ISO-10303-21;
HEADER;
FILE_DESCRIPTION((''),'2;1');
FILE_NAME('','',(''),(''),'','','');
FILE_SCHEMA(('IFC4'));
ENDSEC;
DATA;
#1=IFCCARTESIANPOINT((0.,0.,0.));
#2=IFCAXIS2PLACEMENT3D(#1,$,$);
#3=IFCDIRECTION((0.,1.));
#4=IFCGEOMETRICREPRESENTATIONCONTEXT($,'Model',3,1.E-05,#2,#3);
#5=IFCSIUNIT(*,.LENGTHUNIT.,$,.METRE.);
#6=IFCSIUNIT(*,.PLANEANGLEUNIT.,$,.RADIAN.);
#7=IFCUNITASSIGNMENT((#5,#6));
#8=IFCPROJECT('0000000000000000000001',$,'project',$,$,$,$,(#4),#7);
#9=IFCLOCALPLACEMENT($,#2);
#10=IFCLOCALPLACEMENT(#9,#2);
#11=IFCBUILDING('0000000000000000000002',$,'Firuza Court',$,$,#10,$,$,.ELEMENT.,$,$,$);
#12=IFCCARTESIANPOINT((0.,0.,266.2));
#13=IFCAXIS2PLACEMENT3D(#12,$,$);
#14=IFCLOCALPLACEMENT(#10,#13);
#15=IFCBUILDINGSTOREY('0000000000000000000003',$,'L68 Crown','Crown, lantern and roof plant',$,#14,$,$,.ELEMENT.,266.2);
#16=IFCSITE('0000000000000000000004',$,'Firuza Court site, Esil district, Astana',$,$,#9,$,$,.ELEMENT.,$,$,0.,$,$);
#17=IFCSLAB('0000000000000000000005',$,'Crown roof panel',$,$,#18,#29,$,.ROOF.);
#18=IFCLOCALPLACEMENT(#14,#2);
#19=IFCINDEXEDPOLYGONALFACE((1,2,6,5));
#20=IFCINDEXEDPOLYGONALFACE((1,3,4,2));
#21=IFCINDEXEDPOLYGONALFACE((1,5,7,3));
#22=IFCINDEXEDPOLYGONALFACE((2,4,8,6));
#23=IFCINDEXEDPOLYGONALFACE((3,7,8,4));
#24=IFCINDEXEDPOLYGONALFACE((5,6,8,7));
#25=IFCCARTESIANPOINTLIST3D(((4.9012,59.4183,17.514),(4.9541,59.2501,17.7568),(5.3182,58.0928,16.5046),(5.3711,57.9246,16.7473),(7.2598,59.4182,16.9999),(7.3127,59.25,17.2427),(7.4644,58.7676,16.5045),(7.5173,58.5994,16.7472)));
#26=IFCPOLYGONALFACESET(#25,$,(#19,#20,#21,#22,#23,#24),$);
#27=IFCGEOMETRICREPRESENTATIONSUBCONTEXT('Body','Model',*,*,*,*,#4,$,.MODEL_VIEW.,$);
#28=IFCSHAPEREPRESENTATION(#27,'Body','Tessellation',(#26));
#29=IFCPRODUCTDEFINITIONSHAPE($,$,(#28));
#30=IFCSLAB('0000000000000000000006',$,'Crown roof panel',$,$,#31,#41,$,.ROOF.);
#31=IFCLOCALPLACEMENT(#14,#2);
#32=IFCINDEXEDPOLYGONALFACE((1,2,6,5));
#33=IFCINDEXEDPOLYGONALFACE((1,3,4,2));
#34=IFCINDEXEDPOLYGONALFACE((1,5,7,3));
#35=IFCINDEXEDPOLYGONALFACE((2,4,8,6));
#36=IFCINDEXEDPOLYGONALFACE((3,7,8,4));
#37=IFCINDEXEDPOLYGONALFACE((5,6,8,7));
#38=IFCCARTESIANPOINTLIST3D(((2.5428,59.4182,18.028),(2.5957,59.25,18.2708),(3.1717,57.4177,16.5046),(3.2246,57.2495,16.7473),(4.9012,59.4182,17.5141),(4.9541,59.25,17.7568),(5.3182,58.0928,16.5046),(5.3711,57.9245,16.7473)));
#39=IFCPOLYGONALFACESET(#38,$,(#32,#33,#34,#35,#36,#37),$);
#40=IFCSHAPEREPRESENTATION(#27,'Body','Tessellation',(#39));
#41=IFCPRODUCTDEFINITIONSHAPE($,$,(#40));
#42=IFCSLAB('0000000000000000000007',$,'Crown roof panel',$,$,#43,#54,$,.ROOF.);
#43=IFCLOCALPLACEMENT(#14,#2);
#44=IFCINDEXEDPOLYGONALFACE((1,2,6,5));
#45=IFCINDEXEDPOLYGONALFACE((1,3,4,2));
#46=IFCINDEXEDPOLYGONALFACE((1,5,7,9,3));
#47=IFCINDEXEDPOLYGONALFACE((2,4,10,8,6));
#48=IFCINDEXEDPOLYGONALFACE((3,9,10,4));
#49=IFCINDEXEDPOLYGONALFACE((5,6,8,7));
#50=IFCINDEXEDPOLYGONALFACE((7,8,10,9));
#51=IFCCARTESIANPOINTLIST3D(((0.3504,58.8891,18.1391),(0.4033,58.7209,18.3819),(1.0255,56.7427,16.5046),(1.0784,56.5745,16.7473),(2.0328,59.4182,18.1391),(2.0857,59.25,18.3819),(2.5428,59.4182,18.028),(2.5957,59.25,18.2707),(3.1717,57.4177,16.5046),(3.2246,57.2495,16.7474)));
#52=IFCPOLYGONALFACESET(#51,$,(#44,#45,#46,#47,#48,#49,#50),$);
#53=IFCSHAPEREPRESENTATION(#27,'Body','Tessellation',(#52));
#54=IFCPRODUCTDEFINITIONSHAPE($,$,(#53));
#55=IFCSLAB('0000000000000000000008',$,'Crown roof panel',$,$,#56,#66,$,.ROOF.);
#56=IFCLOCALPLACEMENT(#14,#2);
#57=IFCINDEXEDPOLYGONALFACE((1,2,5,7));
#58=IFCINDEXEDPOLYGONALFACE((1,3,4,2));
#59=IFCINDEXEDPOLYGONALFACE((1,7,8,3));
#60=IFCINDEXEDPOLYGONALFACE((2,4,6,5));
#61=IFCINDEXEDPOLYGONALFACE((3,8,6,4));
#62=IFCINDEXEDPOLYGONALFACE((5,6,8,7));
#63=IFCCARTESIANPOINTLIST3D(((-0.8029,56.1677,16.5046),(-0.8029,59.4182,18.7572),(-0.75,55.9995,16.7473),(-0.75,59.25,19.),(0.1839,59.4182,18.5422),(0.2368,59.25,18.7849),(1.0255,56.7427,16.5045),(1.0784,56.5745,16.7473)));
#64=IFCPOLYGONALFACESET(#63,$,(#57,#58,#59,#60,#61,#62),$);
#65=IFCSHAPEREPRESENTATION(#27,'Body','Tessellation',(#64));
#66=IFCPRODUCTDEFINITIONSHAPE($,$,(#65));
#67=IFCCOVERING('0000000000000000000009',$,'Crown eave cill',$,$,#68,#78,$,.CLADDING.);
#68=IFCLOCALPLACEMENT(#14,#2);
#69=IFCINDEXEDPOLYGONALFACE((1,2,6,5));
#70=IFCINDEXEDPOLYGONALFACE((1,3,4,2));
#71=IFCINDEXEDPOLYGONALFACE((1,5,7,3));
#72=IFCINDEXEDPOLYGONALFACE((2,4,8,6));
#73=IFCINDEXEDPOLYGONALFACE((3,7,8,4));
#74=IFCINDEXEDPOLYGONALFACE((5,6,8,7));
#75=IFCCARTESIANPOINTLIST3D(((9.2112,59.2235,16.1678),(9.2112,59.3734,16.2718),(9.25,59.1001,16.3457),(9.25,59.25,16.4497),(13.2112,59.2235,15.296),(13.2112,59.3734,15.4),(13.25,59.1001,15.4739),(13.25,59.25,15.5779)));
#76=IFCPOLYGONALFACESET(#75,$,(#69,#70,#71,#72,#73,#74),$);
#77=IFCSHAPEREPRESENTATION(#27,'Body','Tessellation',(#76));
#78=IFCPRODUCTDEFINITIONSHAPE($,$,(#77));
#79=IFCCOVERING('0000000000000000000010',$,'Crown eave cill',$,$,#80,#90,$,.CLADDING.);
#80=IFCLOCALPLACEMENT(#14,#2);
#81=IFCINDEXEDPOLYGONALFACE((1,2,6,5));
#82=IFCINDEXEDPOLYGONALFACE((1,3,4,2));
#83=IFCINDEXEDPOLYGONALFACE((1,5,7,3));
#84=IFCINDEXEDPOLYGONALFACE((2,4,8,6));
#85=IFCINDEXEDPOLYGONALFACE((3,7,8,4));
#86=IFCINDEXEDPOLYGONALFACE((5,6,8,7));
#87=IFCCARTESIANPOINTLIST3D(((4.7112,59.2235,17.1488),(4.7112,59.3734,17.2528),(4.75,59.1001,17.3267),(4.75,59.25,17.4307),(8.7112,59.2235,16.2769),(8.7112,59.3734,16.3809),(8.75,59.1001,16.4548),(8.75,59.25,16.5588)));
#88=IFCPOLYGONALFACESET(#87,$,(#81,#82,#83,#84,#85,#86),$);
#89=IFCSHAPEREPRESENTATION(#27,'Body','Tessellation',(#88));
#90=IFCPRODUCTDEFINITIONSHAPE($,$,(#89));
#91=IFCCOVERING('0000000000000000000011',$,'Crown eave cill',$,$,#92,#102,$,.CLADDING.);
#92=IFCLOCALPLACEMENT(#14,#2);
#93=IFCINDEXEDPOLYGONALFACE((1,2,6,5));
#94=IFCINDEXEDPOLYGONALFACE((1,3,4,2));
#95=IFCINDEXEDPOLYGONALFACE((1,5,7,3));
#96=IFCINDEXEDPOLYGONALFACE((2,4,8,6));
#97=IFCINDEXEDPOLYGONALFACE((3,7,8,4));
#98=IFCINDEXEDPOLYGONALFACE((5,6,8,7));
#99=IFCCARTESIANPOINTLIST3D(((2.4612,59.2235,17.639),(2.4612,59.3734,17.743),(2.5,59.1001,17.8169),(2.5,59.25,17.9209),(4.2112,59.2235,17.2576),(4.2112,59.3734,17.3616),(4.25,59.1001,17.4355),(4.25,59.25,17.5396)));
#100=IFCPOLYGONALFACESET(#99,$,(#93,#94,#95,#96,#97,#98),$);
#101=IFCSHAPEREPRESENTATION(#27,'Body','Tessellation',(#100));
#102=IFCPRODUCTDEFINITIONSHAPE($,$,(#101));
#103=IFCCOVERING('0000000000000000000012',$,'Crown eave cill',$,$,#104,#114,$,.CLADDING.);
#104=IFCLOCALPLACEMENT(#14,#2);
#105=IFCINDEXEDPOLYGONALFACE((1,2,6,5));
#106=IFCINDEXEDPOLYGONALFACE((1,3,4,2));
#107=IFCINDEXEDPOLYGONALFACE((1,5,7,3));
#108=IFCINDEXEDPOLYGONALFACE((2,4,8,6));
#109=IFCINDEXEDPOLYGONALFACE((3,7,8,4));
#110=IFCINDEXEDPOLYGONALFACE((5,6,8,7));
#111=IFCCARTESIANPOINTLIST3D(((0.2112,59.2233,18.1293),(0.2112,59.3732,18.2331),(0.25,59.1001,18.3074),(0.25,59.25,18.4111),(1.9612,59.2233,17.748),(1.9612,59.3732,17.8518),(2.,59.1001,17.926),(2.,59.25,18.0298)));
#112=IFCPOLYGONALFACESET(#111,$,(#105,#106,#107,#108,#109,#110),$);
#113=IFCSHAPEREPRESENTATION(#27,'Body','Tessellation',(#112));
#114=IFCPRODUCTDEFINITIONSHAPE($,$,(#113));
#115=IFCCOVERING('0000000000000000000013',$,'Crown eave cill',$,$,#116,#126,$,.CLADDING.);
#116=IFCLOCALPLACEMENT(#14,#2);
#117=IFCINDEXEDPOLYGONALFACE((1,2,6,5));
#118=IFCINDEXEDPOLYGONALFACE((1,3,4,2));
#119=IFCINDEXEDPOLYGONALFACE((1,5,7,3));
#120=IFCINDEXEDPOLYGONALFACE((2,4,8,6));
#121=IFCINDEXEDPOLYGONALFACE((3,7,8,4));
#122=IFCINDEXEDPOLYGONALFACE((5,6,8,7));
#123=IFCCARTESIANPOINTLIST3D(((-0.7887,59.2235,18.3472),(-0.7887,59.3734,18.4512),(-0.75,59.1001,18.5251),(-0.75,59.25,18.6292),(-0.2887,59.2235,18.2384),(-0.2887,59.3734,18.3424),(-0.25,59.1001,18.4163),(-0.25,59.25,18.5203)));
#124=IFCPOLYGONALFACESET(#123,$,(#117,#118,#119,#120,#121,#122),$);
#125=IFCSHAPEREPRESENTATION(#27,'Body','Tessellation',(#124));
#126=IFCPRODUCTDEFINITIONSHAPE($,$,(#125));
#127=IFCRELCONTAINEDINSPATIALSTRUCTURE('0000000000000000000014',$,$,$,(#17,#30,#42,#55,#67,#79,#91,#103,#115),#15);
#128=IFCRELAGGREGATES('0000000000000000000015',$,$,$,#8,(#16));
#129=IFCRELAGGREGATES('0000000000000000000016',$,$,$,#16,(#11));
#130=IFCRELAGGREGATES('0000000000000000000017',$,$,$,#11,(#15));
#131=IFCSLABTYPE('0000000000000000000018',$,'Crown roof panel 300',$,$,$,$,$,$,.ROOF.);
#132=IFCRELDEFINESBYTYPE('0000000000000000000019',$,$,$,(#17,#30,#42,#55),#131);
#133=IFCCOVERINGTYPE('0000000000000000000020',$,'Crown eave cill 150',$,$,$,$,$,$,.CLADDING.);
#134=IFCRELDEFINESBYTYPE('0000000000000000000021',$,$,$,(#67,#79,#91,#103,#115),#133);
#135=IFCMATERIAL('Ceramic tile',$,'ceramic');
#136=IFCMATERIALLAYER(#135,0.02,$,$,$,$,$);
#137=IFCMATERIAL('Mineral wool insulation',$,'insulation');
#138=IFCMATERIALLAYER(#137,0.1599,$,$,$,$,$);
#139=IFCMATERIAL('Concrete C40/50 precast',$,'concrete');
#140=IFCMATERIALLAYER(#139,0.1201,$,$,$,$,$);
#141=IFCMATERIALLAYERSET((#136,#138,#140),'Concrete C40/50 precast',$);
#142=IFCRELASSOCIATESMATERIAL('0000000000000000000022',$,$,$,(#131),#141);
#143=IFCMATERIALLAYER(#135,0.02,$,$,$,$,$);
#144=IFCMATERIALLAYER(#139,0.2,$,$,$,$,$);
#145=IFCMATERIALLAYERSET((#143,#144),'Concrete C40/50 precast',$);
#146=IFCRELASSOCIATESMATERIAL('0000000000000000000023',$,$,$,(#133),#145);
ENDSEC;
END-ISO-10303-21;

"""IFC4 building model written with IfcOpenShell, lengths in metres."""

from ifc_helpers import new_model, si_unit, direction, frame, origin, place, context, subcontext, project, spatial, polyline, outline, extrude, material, layer, layer_set, type_object, element, save


model = new_model("IFC4")

# Units and contexts
model_context = context("Model", 3, precision=1e-05, world=origin(), true_north=direction((0.0, 1.0)))
body_context = subcontext(model_context, "Body", "Model", "MODEL_VIEW")
ifc_project = project(units=[si_unit("LENGTHUNIT", "METRE"), si_unit("PLANEANGLEUNIT", "RADIAN")], contexts=[model_context])

# Site, building, storey
site_placement = place(None, origin())
site = spatial("IfcSite", under=ifc_project, at=site_placement, Name="Firuza Court site, Esil district, Astana", CompositionType="ELEMENT", RefElevation=0.0)
building_placement = place(site_placement, origin())
building = spatial("IfcBuilding", under=site, at=building_placement, Name="Firuza Court", CompositionType="ELEMENT")
storey_placement = place(building_placement, frame((0.0, 0.0, 266.2)))
storey = spatial("IfcBuildingStorey", under=building, at=storey_placement, Name="L68 Crown", Description="Crown, lantern and roof plant", CompositionType="ELEMENT", Elevation=266.2)

# Slabs
ifc_material_1 = material(Name="Ceramic tile", Category="ceramic")
ifc_layer_1 = layer(ifc_material_1, 0.02)
ifc_material_2 = material(Name="Mineral wool insulation", Category="insulation")
ifc_layer_2 = layer(ifc_material_2, 0.1599)
ifc_material_3 = material(Name="Concrete C40/50 precast", Category="concrete")
ifc_layer_3 = layer(ifc_material_3, 0.1201)
ifc_layer_set_1 = layer_set([ifc_layer_1, ifc_layer_2, ifc_layer_3], Name="Concrete C40/50 precast")
slab_type = type_object("IfcSlabType", Name="Crown roof panel 300", PredefinedType="ROOF", material=ifc_layer_set_1)
slab_1_placement = place(storey_placement, frame((5.3711, 57.9246, 16.7473), z_axis=(0.176325, -0.560669, 0.809049), x_axis=(-0.2428, 0.771757, 0.587741)))
element("IfcSlab", 1, at=slab_1_placement, inside=storey, type_object=slab_type, Name="Crown roof panel", PredefinedType="ROOF", context=body_context, shape_type="SweptSolid", body=[
    extrude(outline(polyline([(0.0, 0.0), (1.7175, 0.0), (0.8426, -2.2499), (-0.0003, -2.2498), (0.0, 0.0)])), origin(), (0.0, 0.0, -1.0), 0.3),
])
slab_2_placement = place(storey_placement, frame((3.2246, 57.2495, 16.7473), z_axis=(0.176314, -0.560697, 0.809032), x_axis=(-0.242633, 0.771791, 0.587765)))
element("IfcSlab", 2, at=slab_2_placement, inside=storey, type_object=slab_type, Name="Crown roof panel", PredefinedType="ROOF", context=body_context, shape_type="SweptSolid", body=[
    extrude(outline(polyline([(0.0, 0.0), (2.592, 0.0), (1.7177, -2.2498), (0.0002, -2.2501), (0.0, 0.0)])), origin(), (0.0, 0.0, -1.0), 0.3),
])
slab_3_placement = place(storey_placement, frame((1.0784, 56.5745, 16.7473), z_axis=(0.176314, -0.560658, 0.809059), x_axis=(-0.242721, 0.771792, 0.587728)))
element("IfcSlab", 3, at=slab_3_placement, inside=storey, type_object=slab_type, Name="Crown roof panel", PredefinedType="ROOF", context=body_context, shape_type="SweptSolid", body=[
    extrude(outline(polyline([(0.0, 0.0), (2.7811, 0.0), (2.7811, -1.7636), (2.592, -2.2501), (0.0001, -2.2499), (0.0, 0.0)])), origin(), (0.0, 0.0, -1.0), 0.3),
])
slab_4_placement = place(storey_placement, frame((-0.75, 55.9995, 16.7473), z_axis=(0.176322, -0.560683, 0.809039), x_axis=(-0.000001, 0.821917, 0.569608)))
element("IfcSlab", 4, at=slab_4_placement, inside=storey, type_object=slab_type, Name="Crown roof panel", PredefinedType="ROOF", context=body_context, shape_type="SweptSolid", body=[
    extrude(outline(polyline([(0.0, 0.0), (3.9548, 0.0), (3.8323, -1.0025), (0.4726, -1.8575), (0.0, 0.0)])), origin(), (0.0, 0.0, -1.0), 0.3),
])

# Coverings
ifc_layer_4 = layer(ifc_material_1, 0.02)
ifc_layer_5 = layer(ifc_material_3, 0.2)
ifc_layer_set_2 = layer_set([ifc_layer_4, ifc_layer_5], Name="Concrete C40/50 precast")
covering_type = type_object("IfcCoveringType", Name="Crown eave cill 150", PredefinedType="CLADDING", material=ifc_layer_set_2)
for number, where, z_axis, x_axis, name in (
    (5, (9.25, 59.1001, 16.3457), (0.176272, -0.561119, 0.808748), (0.0, 0.821614, 0.570045), "Crown eave cill"),
    (6, (4.75, 59.1001, 17.3267), (0.176272, -0.561119, 0.808748), (0.0, 0.821614, 0.570045), "Crown eave cill"),
):
    element("IfcCovering", number, at=place(storey_placement, frame(where, z_axis=z_axis, x_axis=x_axis)), inside=storey, type_object=covering_type, Name=name, PredefinedType="CLADDING", context=body_context, shape_type="SweptSolid", body=[
        extrude(outline(polyline([(0.0, 0.0), (0.1824, 0.0), (-0.3145, -4.0636), (-0.497, -4.0636), (0.0, 0.0)])), origin(), (0.0, 0.0, -1.0), 0.22),
    ])
covering_1_placement = place(storey_placement, frame((2.5, 59.1001, 17.8169), z_axis=(0.176238, -0.561122, 0.808753), x_axis=(0.0, 0.821614, 0.570045)))
element("IfcCovering", 7, at=covering_1_placement, inside=storey, type_object=covering_type, Name="Crown eave cill", PredefinedType="CLADDING", context=body_context, shape_type="SweptSolid", body=[
    extrude(outline(polyline([(0.0, 0.0), (0.1824, 0.0), (-0.0349, -1.7778), (-0.2174, -1.7778), (0.0, 0.0)])), origin(), (0.0, 0.0, -1.0), 0.22),
])
covering_2_placement = place(storey_placement, frame((0.25, 59.1001, 18.3074), z_axis=(0.176368, -0.560219, 0.809351), x_axis=(0.0, 0.82224, 0.56914)))
element("IfcCovering", 8, at=covering_2_placement, inside=storey, type_object=covering_type, Name="Crown eave cill", PredefinedType="CLADDING", context=body_context, shape_type="SweptSolid", body=[
    extrude(outline(polyline([(0.0, 0.0), (0.1823, 0.0), (-0.0347, -1.7779), (-0.217, -1.7779), (0.0, 0.0)])), origin(), (0.0, 0.0, -1.0), 0.22),
])
covering_3_placement = place(storey_placement, frame((-0.75, 59.1001, 18.5251), z_axis=(0.176129, -0.561133, 0.80877), x_axis=(0.0, 0.821614, 0.570045)))
element("IfcCovering", 9, at=covering_3_placement, inside=storey, type_object=covering_type, Name="Crown eave cill", PredefinedType="CLADDING", context=body_context, shape_type="SweptSolid", body=[
    extrude(outline(polyline([(0.0, 0.0), (0.1824, 0.0), (0.1204, -0.5079), (-0.0621, -0.5079), (0.0, 0.0)])), origin(), (0.0, 0.0, -1.0), 0.22),
])

save(model, "model.ifc")
